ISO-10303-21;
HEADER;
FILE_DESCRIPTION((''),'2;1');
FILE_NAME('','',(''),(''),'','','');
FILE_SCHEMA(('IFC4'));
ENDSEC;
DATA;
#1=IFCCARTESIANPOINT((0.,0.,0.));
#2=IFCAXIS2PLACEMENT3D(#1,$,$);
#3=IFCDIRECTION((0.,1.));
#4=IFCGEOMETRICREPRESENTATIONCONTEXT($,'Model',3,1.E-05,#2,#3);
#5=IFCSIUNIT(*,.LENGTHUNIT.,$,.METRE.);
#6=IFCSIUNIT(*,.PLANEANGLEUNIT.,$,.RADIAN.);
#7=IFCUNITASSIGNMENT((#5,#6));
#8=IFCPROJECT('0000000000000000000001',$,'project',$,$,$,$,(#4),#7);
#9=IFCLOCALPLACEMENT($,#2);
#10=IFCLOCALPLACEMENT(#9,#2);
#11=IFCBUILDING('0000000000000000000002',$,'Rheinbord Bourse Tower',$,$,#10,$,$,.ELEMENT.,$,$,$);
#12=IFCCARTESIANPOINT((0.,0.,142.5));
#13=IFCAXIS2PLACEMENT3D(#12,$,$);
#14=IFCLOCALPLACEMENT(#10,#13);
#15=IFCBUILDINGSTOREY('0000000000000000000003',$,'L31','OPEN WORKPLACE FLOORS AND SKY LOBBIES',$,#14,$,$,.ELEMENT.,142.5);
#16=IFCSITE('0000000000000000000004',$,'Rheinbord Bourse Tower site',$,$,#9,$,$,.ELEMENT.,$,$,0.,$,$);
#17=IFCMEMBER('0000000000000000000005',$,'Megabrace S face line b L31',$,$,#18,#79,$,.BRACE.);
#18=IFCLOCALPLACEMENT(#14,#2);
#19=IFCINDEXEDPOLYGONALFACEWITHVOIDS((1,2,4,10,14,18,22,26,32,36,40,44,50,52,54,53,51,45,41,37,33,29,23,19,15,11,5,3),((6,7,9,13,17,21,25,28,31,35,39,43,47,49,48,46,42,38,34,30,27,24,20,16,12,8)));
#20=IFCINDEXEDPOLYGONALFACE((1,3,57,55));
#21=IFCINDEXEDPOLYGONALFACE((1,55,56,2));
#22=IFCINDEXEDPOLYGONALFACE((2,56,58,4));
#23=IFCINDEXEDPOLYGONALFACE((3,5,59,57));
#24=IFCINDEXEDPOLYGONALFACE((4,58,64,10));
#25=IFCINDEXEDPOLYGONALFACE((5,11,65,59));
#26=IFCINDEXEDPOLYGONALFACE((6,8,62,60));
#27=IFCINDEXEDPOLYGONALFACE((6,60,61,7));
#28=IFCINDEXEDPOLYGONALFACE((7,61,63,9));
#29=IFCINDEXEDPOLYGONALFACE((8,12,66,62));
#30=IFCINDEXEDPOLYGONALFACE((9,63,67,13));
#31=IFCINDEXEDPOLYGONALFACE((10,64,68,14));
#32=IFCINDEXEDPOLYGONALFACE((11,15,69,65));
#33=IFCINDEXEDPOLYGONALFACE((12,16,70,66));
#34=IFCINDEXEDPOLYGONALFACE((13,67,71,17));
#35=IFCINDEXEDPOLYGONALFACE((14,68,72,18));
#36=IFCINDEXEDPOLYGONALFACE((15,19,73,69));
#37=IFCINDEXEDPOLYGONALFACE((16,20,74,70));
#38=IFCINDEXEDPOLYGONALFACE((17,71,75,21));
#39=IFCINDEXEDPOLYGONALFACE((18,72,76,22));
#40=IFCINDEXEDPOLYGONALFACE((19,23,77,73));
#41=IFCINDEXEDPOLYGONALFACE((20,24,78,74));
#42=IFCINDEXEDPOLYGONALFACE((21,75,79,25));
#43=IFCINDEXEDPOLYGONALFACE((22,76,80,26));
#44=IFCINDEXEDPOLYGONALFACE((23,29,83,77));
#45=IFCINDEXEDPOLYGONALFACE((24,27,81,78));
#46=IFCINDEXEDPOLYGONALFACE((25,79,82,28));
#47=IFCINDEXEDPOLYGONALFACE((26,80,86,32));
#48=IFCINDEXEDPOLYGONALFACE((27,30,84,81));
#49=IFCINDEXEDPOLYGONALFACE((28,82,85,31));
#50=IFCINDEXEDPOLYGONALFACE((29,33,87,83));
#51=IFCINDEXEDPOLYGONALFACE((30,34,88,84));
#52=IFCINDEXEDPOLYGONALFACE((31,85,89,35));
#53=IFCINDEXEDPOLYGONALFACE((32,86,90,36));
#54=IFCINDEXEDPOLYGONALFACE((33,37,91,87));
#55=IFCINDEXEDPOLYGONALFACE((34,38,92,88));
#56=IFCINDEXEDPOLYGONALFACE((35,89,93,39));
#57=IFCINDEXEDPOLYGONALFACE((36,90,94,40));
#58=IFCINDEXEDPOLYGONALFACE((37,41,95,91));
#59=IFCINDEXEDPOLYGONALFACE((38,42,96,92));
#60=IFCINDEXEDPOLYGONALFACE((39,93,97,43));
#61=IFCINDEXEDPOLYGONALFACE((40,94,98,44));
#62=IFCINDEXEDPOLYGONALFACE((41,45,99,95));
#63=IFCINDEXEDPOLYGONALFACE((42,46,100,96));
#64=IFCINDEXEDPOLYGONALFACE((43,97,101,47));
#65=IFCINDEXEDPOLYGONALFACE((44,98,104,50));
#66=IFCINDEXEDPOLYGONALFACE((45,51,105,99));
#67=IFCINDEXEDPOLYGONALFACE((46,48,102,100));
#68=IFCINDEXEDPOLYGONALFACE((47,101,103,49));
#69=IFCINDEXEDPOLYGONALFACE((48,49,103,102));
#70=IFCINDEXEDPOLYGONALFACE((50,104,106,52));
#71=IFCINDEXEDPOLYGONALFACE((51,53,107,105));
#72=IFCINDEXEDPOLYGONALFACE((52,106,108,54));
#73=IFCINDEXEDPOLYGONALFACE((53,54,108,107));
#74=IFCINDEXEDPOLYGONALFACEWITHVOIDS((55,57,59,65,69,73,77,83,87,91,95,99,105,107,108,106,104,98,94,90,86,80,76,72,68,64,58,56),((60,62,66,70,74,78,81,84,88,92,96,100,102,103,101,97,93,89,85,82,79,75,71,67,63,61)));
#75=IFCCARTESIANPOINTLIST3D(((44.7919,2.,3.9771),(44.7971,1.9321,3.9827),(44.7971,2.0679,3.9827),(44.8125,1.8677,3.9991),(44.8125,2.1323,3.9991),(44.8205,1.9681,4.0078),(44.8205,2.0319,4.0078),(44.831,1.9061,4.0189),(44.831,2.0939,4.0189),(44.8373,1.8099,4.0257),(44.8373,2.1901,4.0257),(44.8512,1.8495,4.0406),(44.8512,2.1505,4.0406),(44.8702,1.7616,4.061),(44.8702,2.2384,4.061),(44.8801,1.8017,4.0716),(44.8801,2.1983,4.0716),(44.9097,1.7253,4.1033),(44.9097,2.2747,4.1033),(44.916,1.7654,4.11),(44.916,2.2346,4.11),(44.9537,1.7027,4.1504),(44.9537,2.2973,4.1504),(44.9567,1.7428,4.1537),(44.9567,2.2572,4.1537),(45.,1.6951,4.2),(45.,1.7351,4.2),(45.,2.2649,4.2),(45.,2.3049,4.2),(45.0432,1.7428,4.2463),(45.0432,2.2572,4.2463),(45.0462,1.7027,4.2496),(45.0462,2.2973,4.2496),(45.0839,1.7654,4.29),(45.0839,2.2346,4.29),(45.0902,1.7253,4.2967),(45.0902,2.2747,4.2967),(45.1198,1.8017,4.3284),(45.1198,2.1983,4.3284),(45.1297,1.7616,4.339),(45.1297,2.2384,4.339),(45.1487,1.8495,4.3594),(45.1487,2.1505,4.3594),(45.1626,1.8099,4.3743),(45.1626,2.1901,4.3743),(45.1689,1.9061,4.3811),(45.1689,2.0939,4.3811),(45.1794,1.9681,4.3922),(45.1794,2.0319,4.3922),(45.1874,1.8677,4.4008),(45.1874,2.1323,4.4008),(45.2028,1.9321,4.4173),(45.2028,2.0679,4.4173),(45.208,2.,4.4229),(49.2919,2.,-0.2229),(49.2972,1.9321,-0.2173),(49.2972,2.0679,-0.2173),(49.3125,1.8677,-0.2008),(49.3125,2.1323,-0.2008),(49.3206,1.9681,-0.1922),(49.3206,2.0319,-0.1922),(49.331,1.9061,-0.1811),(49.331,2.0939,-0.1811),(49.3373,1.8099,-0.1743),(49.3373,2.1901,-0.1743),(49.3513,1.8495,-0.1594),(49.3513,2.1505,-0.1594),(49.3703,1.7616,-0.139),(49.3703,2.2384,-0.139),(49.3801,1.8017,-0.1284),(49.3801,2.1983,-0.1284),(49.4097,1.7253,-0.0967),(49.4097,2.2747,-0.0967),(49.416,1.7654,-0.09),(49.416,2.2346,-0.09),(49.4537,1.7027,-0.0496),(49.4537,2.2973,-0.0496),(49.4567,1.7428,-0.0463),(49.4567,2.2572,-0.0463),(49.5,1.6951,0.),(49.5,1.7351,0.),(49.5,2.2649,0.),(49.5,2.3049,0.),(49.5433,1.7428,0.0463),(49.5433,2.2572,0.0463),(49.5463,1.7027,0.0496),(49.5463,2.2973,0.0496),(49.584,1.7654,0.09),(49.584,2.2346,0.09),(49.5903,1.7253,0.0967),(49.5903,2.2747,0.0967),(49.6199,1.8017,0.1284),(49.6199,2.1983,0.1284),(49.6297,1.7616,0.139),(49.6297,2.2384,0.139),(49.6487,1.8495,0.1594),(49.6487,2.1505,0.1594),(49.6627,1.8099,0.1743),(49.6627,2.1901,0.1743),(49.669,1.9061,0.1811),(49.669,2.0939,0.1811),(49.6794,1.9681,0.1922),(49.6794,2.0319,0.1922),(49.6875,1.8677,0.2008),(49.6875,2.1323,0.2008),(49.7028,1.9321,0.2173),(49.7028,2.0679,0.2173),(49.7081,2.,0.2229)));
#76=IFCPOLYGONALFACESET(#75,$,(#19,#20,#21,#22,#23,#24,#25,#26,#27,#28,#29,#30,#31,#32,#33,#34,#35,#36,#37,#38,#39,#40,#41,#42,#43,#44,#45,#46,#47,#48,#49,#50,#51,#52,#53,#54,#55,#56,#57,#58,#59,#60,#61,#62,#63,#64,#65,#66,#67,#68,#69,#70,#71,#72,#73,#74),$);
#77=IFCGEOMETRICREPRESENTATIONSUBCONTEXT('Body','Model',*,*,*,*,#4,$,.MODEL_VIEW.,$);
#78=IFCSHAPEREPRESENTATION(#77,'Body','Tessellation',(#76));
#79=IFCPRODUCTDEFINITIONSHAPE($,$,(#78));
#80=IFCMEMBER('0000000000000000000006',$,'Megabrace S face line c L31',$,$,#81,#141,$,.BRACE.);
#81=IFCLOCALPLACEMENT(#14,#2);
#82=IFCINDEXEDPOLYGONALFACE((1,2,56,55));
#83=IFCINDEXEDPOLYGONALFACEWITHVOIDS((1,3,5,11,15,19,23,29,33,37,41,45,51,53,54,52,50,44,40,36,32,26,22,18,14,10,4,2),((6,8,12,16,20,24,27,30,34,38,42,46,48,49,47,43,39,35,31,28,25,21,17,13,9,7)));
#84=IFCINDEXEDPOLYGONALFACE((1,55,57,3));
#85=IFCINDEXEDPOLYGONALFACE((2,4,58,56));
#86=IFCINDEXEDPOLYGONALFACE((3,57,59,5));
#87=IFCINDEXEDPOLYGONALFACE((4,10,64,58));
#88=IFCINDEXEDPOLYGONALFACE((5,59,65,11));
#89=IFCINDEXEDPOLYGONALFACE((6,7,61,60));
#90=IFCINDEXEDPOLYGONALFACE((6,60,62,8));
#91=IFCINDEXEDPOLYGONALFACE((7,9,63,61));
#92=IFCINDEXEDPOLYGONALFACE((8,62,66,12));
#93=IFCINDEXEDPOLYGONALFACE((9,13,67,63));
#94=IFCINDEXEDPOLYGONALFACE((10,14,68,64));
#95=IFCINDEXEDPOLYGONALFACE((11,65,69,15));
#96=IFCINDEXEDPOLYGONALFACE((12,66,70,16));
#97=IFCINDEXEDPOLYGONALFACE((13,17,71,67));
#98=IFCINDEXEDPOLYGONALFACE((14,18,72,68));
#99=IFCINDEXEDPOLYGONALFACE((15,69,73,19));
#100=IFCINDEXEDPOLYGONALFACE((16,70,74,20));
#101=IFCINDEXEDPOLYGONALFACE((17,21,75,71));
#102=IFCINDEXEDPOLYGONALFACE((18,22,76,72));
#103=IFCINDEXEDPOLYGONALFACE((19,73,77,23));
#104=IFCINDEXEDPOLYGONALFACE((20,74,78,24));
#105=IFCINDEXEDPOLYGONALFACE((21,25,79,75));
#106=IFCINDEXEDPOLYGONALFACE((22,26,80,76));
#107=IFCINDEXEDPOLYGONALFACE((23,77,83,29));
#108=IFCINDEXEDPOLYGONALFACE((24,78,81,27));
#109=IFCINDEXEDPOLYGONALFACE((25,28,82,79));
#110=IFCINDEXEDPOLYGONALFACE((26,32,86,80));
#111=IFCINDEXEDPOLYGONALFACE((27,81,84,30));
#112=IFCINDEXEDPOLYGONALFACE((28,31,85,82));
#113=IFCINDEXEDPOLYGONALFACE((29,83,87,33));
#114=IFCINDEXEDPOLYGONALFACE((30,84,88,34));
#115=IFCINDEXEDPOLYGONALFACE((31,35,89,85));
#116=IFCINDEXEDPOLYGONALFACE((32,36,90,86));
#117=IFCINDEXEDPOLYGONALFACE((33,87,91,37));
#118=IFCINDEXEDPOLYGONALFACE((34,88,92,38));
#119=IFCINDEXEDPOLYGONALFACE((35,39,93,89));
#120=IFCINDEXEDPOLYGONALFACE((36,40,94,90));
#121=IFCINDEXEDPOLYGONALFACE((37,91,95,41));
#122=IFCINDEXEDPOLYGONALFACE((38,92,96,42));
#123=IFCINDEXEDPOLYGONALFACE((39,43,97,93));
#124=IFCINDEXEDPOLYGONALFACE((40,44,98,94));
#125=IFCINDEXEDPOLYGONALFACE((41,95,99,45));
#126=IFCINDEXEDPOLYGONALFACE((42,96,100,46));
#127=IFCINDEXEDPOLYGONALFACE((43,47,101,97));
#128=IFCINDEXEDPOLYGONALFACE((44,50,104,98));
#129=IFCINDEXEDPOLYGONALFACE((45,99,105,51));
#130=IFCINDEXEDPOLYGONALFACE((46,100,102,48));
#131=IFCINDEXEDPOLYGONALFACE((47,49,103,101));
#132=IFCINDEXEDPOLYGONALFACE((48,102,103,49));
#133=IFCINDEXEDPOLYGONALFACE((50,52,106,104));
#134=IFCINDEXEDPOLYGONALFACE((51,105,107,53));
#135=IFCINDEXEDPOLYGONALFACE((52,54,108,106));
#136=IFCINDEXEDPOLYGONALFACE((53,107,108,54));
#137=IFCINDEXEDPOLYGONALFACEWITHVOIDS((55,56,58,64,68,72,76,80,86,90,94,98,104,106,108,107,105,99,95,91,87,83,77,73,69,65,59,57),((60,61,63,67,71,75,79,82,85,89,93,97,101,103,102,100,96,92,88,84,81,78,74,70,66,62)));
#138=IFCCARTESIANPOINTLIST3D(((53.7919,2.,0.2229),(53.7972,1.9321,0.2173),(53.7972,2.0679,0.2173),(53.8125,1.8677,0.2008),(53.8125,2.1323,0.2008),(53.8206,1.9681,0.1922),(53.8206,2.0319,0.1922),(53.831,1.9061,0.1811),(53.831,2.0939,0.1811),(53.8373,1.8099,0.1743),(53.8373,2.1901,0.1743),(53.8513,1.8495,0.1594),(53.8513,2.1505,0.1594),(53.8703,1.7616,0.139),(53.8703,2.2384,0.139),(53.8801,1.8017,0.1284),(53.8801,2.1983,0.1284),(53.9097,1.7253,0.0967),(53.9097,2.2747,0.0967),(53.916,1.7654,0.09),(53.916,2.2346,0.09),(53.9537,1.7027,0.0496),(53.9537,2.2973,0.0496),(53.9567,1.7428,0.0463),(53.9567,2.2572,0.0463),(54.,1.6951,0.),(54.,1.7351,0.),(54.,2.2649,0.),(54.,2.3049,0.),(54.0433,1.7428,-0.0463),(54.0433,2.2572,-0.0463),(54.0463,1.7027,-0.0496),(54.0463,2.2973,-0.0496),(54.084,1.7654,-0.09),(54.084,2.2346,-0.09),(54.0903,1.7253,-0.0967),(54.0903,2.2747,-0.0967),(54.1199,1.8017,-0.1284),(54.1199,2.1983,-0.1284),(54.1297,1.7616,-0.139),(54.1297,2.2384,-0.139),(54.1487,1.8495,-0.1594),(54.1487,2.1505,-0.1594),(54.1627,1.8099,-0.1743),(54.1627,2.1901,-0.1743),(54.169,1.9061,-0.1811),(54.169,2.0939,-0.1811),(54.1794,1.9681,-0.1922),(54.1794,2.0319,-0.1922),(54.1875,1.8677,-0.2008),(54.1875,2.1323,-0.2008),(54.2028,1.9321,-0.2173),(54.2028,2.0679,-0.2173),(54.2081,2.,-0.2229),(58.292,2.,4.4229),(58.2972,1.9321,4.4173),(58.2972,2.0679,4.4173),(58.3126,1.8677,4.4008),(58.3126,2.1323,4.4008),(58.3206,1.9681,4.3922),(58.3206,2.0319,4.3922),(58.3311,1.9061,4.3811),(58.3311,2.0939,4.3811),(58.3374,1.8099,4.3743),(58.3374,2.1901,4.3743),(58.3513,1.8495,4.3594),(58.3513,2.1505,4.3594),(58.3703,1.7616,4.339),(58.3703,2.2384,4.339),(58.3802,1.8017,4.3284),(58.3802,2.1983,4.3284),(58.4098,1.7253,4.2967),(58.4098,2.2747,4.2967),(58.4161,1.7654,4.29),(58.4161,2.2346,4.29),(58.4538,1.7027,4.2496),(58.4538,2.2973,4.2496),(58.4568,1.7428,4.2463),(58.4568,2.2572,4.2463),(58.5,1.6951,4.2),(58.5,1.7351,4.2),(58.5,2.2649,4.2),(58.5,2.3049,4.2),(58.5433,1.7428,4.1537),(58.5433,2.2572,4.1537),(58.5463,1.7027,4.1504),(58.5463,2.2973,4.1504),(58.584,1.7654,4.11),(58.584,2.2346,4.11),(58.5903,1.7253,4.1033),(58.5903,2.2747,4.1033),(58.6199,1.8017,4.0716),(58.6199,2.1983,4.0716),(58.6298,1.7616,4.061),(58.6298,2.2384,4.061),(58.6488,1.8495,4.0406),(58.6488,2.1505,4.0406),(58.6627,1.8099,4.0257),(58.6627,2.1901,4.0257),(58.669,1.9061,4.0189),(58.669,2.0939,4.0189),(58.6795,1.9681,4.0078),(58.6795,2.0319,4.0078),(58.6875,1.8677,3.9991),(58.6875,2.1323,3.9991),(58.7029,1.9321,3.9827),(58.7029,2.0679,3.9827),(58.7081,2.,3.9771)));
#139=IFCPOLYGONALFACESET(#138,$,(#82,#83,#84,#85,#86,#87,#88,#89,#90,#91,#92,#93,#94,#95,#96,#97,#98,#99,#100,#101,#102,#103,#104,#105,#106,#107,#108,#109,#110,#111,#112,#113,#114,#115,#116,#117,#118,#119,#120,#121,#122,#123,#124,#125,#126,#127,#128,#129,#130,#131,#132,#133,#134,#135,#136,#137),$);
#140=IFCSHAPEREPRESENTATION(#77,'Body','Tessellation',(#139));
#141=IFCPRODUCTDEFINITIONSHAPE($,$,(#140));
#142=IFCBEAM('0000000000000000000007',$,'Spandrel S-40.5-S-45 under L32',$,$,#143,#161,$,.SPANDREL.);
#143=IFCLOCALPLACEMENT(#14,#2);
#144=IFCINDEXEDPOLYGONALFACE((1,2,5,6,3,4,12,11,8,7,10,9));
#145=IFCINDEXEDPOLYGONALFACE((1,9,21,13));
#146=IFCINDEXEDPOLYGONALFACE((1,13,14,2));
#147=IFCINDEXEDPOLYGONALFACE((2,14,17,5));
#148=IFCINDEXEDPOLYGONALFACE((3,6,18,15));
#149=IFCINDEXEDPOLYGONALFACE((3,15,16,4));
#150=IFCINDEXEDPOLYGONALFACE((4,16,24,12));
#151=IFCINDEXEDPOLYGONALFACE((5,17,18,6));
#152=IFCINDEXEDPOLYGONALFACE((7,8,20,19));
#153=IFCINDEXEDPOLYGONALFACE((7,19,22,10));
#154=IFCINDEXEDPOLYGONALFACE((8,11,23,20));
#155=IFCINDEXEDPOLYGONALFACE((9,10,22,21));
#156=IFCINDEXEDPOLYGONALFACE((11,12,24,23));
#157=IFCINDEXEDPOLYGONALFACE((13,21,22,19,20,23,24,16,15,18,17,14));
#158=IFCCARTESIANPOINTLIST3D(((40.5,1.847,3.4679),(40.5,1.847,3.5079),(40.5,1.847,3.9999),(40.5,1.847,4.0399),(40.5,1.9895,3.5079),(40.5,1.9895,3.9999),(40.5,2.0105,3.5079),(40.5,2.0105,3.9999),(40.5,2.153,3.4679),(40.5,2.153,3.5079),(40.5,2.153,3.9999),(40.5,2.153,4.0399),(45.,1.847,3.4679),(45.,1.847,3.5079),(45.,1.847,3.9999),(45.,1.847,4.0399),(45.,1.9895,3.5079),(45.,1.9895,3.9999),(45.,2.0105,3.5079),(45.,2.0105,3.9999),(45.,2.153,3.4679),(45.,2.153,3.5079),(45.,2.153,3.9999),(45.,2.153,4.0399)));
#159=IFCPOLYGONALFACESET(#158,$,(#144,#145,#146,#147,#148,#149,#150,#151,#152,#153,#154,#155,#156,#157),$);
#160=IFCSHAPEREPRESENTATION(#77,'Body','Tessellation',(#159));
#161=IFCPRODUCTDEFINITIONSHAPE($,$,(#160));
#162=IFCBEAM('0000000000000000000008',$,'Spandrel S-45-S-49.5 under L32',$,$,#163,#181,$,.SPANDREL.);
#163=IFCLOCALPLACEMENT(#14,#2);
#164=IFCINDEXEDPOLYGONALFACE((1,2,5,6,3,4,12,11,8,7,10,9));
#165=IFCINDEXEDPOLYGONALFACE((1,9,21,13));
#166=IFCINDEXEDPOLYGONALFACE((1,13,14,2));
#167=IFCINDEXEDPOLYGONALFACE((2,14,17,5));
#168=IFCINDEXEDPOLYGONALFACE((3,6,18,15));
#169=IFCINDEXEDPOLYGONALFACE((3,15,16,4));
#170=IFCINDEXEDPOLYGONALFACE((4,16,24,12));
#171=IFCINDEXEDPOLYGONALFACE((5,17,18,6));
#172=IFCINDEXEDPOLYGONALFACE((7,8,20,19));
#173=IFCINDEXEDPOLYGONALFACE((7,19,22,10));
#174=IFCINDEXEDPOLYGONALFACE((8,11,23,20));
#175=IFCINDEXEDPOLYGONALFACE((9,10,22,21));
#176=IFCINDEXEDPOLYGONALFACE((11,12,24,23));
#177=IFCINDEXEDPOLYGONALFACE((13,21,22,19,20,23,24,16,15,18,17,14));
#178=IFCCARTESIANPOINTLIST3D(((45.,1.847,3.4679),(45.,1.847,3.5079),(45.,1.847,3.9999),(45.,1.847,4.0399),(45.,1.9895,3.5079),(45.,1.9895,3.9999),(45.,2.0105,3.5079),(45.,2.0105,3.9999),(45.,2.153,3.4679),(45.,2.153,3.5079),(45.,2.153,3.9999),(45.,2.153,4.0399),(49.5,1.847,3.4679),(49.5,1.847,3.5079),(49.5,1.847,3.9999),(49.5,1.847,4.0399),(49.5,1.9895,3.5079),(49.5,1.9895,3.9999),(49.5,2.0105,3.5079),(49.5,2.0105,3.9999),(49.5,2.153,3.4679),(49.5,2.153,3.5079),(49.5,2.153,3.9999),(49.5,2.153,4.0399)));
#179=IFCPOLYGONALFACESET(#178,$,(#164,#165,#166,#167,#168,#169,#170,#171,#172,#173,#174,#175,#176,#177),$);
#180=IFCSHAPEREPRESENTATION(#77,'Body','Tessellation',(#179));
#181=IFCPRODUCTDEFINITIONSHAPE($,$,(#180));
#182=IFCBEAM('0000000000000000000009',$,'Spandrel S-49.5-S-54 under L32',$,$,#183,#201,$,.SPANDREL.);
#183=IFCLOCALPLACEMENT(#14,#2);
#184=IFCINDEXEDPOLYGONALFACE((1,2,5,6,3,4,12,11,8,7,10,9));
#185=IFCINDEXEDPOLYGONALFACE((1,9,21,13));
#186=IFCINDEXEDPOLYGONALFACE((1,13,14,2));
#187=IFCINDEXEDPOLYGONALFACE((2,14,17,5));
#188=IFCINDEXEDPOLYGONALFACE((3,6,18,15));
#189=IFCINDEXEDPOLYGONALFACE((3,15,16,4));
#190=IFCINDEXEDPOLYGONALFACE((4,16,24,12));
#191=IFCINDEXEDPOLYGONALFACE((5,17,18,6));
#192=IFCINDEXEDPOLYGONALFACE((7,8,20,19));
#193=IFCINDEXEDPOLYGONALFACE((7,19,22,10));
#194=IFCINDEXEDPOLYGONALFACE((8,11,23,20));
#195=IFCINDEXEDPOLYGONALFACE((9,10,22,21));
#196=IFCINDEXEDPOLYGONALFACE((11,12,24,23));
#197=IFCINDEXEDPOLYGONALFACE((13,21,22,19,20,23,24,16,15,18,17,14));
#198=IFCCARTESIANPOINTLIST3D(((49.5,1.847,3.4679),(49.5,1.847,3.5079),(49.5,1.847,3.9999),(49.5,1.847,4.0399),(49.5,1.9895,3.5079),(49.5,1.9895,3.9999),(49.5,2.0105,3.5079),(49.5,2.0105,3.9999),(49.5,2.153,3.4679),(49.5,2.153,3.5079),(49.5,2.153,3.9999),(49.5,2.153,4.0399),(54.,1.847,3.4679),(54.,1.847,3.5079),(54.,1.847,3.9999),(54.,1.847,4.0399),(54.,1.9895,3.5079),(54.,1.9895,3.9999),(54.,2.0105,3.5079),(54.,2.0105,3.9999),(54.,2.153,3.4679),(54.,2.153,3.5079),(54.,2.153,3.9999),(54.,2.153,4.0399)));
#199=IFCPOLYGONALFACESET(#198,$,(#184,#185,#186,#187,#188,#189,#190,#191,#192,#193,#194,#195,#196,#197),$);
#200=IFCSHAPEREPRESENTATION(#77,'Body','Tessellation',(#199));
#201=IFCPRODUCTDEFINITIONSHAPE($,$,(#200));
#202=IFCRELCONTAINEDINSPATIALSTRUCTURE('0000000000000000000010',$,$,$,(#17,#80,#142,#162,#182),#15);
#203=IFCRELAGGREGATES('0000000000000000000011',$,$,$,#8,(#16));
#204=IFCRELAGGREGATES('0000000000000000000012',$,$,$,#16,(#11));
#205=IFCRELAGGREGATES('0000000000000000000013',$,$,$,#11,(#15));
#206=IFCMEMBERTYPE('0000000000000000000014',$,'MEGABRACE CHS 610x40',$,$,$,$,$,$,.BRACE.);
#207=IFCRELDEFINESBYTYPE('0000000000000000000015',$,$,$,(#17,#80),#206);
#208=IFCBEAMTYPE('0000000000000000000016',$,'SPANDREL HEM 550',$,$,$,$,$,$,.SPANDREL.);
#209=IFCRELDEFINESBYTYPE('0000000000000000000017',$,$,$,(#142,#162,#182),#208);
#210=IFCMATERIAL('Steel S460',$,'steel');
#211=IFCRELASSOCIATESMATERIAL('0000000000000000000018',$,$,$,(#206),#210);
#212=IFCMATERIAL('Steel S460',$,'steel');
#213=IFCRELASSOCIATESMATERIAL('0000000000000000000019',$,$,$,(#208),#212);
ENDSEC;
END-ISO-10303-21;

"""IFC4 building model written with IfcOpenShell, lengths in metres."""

from ifc_helpers import new_model, si_unit, direction, frame, origin, origin_2d, place, context, subcontext, project, spatial, hollow_circle, i_section, extrude, material, material_profile, profile_set, type_object, element, save


model = new_model("IFC4")

# Units and contexts
model_context = context("Model", 3, precision=1e-05, world=origin(), true_north=direction((0.0, 1.0)))
body_context = subcontext(model_context, "Body", "Model", "MODEL_VIEW")
ifc_project = project(units=[si_unit("LENGTHUNIT", "METRE"), si_unit("PLANEANGLEUNIT", "RADIAN")], contexts=[model_context])

# Site, building, storey
site_placement = place(None, origin())
site = spatial("IfcSite", under=ifc_project, at=site_placement, Name="Rheinbord Bourse Tower site", CompositionType="ELEMENT", RefElevation=0.0)
building_placement = place(site_placement, origin())
building = spatial("IfcBuilding", under=site, at=building_placement, Name="Rheinbord Bourse Tower", CompositionType="ELEMENT")
storey_placement = place(building_placement, frame((0.0, 0.0, 142.5)))
storey = spatial("IfcBuildingStorey", under=building, at=storey_placement, Name="L31", Description="OPEN WORKPLACE FLOORS AND SKY LOBBIES", CompositionType="ELEMENT", Elevation=142.5)

# Members
ifc_material_1 = material(Name="Steel S460", Category="steel")
ifc_material_profile_1 = material_profile(ifc_material_1, hollow_circle(Radius=0.3049, WallThickness=0.04, at=origin_2d()), Name="CHS 610x40")
ifc_profile_set_1 = profile_set([ifc_material_profile_1], Name="Steel S460")
member_type_1 = type_object("IfcMemberType", Name="MEGABRACE CHS 610x40", PredefinedType="BRACE", material=ifc_profile_set_1)
for number, where, z_axis, x_axis, name in (
    (1, (49.5, 2.0, 0.0), (-0.731059, 0.0, 0.682314), (0.0, -1.0, 0.0), "Megabrace S face line b L31"),
    (2, (54.0, 2.0, 0.0), (0.731059, 0.0, 0.682314), (0.0, 1.0, 0.0), "Megabrace S face line c L31"),
):
    element("IfcMember", number, at=place(storey_placement, frame(where, z_axis=z_axis, x_axis=x_axis)), inside=storey, type_object=member_type_1, Name=name, PredefinedType="BRACE", context=body_context, shape_type="SweptSolid", body=[
        extrude(hollow_circle(Radius=0.3049, WallThickness=0.04, at=origin_2d()), origin(), (0.0, 0.0, 1.0), 6.1555),
    ])

# Beams
ifc_material_2 = material(Name="Steel S460", Category="steel")
ifc_material_profile_2 = material_profile(ifc_material_2, i_section(OverallWidth=0.3059, OverallDepth=0.572, WebThickness=0.021, FlangeThickness=0.04, at=origin_2d()), Name="HEM 550")
ifc_profile_set_2 = profile_set([ifc_material_profile_2], Name="Steel S460")
beam_type_1 = type_object("IfcBeamType", Name="SPANDREL HEM 550", PredefinedType="SPANDREL", material=ifc_profile_set_2)
for number, where, z_axis, x_axis, name in (
    (3, (40.5, 2.0, 3.7539), (1.0, 0.0, 0.0), (0.0, 1.0, 0.0), "Spandrel S-40.5-S-45 under L32"),
    (4, (45.0, 2.0, 3.7539), (1.0, 0.0, 0.0), (0.0, 1.0, 0.0), "Spandrel S-45-S-49.5 under L32"),
    (5, (49.5, 2.0, 3.7539), (1.0, 0.0, 0.0), (0.0, 1.0, 0.0), "Spandrel S-49.5-S-54 under L32"),
):
    element("IfcBeam", number, at=place(storey_placement, frame(where, z_axis=z_axis, x_axis=x_axis)), inside=storey, type_object=beam_type_1, Name=name, PredefinedType="SPANDREL", context=body_context, shape_type="SweptSolid", body=[
        extrude(i_section(OverallWidth=0.3059, OverallDepth=0.572, WebThickness=0.021, FlangeThickness=0.04, at=origin_2d()), origin(), (0.0, 0.0, 1.0), 4.5),
    ])

save(model, "model.ifc")
